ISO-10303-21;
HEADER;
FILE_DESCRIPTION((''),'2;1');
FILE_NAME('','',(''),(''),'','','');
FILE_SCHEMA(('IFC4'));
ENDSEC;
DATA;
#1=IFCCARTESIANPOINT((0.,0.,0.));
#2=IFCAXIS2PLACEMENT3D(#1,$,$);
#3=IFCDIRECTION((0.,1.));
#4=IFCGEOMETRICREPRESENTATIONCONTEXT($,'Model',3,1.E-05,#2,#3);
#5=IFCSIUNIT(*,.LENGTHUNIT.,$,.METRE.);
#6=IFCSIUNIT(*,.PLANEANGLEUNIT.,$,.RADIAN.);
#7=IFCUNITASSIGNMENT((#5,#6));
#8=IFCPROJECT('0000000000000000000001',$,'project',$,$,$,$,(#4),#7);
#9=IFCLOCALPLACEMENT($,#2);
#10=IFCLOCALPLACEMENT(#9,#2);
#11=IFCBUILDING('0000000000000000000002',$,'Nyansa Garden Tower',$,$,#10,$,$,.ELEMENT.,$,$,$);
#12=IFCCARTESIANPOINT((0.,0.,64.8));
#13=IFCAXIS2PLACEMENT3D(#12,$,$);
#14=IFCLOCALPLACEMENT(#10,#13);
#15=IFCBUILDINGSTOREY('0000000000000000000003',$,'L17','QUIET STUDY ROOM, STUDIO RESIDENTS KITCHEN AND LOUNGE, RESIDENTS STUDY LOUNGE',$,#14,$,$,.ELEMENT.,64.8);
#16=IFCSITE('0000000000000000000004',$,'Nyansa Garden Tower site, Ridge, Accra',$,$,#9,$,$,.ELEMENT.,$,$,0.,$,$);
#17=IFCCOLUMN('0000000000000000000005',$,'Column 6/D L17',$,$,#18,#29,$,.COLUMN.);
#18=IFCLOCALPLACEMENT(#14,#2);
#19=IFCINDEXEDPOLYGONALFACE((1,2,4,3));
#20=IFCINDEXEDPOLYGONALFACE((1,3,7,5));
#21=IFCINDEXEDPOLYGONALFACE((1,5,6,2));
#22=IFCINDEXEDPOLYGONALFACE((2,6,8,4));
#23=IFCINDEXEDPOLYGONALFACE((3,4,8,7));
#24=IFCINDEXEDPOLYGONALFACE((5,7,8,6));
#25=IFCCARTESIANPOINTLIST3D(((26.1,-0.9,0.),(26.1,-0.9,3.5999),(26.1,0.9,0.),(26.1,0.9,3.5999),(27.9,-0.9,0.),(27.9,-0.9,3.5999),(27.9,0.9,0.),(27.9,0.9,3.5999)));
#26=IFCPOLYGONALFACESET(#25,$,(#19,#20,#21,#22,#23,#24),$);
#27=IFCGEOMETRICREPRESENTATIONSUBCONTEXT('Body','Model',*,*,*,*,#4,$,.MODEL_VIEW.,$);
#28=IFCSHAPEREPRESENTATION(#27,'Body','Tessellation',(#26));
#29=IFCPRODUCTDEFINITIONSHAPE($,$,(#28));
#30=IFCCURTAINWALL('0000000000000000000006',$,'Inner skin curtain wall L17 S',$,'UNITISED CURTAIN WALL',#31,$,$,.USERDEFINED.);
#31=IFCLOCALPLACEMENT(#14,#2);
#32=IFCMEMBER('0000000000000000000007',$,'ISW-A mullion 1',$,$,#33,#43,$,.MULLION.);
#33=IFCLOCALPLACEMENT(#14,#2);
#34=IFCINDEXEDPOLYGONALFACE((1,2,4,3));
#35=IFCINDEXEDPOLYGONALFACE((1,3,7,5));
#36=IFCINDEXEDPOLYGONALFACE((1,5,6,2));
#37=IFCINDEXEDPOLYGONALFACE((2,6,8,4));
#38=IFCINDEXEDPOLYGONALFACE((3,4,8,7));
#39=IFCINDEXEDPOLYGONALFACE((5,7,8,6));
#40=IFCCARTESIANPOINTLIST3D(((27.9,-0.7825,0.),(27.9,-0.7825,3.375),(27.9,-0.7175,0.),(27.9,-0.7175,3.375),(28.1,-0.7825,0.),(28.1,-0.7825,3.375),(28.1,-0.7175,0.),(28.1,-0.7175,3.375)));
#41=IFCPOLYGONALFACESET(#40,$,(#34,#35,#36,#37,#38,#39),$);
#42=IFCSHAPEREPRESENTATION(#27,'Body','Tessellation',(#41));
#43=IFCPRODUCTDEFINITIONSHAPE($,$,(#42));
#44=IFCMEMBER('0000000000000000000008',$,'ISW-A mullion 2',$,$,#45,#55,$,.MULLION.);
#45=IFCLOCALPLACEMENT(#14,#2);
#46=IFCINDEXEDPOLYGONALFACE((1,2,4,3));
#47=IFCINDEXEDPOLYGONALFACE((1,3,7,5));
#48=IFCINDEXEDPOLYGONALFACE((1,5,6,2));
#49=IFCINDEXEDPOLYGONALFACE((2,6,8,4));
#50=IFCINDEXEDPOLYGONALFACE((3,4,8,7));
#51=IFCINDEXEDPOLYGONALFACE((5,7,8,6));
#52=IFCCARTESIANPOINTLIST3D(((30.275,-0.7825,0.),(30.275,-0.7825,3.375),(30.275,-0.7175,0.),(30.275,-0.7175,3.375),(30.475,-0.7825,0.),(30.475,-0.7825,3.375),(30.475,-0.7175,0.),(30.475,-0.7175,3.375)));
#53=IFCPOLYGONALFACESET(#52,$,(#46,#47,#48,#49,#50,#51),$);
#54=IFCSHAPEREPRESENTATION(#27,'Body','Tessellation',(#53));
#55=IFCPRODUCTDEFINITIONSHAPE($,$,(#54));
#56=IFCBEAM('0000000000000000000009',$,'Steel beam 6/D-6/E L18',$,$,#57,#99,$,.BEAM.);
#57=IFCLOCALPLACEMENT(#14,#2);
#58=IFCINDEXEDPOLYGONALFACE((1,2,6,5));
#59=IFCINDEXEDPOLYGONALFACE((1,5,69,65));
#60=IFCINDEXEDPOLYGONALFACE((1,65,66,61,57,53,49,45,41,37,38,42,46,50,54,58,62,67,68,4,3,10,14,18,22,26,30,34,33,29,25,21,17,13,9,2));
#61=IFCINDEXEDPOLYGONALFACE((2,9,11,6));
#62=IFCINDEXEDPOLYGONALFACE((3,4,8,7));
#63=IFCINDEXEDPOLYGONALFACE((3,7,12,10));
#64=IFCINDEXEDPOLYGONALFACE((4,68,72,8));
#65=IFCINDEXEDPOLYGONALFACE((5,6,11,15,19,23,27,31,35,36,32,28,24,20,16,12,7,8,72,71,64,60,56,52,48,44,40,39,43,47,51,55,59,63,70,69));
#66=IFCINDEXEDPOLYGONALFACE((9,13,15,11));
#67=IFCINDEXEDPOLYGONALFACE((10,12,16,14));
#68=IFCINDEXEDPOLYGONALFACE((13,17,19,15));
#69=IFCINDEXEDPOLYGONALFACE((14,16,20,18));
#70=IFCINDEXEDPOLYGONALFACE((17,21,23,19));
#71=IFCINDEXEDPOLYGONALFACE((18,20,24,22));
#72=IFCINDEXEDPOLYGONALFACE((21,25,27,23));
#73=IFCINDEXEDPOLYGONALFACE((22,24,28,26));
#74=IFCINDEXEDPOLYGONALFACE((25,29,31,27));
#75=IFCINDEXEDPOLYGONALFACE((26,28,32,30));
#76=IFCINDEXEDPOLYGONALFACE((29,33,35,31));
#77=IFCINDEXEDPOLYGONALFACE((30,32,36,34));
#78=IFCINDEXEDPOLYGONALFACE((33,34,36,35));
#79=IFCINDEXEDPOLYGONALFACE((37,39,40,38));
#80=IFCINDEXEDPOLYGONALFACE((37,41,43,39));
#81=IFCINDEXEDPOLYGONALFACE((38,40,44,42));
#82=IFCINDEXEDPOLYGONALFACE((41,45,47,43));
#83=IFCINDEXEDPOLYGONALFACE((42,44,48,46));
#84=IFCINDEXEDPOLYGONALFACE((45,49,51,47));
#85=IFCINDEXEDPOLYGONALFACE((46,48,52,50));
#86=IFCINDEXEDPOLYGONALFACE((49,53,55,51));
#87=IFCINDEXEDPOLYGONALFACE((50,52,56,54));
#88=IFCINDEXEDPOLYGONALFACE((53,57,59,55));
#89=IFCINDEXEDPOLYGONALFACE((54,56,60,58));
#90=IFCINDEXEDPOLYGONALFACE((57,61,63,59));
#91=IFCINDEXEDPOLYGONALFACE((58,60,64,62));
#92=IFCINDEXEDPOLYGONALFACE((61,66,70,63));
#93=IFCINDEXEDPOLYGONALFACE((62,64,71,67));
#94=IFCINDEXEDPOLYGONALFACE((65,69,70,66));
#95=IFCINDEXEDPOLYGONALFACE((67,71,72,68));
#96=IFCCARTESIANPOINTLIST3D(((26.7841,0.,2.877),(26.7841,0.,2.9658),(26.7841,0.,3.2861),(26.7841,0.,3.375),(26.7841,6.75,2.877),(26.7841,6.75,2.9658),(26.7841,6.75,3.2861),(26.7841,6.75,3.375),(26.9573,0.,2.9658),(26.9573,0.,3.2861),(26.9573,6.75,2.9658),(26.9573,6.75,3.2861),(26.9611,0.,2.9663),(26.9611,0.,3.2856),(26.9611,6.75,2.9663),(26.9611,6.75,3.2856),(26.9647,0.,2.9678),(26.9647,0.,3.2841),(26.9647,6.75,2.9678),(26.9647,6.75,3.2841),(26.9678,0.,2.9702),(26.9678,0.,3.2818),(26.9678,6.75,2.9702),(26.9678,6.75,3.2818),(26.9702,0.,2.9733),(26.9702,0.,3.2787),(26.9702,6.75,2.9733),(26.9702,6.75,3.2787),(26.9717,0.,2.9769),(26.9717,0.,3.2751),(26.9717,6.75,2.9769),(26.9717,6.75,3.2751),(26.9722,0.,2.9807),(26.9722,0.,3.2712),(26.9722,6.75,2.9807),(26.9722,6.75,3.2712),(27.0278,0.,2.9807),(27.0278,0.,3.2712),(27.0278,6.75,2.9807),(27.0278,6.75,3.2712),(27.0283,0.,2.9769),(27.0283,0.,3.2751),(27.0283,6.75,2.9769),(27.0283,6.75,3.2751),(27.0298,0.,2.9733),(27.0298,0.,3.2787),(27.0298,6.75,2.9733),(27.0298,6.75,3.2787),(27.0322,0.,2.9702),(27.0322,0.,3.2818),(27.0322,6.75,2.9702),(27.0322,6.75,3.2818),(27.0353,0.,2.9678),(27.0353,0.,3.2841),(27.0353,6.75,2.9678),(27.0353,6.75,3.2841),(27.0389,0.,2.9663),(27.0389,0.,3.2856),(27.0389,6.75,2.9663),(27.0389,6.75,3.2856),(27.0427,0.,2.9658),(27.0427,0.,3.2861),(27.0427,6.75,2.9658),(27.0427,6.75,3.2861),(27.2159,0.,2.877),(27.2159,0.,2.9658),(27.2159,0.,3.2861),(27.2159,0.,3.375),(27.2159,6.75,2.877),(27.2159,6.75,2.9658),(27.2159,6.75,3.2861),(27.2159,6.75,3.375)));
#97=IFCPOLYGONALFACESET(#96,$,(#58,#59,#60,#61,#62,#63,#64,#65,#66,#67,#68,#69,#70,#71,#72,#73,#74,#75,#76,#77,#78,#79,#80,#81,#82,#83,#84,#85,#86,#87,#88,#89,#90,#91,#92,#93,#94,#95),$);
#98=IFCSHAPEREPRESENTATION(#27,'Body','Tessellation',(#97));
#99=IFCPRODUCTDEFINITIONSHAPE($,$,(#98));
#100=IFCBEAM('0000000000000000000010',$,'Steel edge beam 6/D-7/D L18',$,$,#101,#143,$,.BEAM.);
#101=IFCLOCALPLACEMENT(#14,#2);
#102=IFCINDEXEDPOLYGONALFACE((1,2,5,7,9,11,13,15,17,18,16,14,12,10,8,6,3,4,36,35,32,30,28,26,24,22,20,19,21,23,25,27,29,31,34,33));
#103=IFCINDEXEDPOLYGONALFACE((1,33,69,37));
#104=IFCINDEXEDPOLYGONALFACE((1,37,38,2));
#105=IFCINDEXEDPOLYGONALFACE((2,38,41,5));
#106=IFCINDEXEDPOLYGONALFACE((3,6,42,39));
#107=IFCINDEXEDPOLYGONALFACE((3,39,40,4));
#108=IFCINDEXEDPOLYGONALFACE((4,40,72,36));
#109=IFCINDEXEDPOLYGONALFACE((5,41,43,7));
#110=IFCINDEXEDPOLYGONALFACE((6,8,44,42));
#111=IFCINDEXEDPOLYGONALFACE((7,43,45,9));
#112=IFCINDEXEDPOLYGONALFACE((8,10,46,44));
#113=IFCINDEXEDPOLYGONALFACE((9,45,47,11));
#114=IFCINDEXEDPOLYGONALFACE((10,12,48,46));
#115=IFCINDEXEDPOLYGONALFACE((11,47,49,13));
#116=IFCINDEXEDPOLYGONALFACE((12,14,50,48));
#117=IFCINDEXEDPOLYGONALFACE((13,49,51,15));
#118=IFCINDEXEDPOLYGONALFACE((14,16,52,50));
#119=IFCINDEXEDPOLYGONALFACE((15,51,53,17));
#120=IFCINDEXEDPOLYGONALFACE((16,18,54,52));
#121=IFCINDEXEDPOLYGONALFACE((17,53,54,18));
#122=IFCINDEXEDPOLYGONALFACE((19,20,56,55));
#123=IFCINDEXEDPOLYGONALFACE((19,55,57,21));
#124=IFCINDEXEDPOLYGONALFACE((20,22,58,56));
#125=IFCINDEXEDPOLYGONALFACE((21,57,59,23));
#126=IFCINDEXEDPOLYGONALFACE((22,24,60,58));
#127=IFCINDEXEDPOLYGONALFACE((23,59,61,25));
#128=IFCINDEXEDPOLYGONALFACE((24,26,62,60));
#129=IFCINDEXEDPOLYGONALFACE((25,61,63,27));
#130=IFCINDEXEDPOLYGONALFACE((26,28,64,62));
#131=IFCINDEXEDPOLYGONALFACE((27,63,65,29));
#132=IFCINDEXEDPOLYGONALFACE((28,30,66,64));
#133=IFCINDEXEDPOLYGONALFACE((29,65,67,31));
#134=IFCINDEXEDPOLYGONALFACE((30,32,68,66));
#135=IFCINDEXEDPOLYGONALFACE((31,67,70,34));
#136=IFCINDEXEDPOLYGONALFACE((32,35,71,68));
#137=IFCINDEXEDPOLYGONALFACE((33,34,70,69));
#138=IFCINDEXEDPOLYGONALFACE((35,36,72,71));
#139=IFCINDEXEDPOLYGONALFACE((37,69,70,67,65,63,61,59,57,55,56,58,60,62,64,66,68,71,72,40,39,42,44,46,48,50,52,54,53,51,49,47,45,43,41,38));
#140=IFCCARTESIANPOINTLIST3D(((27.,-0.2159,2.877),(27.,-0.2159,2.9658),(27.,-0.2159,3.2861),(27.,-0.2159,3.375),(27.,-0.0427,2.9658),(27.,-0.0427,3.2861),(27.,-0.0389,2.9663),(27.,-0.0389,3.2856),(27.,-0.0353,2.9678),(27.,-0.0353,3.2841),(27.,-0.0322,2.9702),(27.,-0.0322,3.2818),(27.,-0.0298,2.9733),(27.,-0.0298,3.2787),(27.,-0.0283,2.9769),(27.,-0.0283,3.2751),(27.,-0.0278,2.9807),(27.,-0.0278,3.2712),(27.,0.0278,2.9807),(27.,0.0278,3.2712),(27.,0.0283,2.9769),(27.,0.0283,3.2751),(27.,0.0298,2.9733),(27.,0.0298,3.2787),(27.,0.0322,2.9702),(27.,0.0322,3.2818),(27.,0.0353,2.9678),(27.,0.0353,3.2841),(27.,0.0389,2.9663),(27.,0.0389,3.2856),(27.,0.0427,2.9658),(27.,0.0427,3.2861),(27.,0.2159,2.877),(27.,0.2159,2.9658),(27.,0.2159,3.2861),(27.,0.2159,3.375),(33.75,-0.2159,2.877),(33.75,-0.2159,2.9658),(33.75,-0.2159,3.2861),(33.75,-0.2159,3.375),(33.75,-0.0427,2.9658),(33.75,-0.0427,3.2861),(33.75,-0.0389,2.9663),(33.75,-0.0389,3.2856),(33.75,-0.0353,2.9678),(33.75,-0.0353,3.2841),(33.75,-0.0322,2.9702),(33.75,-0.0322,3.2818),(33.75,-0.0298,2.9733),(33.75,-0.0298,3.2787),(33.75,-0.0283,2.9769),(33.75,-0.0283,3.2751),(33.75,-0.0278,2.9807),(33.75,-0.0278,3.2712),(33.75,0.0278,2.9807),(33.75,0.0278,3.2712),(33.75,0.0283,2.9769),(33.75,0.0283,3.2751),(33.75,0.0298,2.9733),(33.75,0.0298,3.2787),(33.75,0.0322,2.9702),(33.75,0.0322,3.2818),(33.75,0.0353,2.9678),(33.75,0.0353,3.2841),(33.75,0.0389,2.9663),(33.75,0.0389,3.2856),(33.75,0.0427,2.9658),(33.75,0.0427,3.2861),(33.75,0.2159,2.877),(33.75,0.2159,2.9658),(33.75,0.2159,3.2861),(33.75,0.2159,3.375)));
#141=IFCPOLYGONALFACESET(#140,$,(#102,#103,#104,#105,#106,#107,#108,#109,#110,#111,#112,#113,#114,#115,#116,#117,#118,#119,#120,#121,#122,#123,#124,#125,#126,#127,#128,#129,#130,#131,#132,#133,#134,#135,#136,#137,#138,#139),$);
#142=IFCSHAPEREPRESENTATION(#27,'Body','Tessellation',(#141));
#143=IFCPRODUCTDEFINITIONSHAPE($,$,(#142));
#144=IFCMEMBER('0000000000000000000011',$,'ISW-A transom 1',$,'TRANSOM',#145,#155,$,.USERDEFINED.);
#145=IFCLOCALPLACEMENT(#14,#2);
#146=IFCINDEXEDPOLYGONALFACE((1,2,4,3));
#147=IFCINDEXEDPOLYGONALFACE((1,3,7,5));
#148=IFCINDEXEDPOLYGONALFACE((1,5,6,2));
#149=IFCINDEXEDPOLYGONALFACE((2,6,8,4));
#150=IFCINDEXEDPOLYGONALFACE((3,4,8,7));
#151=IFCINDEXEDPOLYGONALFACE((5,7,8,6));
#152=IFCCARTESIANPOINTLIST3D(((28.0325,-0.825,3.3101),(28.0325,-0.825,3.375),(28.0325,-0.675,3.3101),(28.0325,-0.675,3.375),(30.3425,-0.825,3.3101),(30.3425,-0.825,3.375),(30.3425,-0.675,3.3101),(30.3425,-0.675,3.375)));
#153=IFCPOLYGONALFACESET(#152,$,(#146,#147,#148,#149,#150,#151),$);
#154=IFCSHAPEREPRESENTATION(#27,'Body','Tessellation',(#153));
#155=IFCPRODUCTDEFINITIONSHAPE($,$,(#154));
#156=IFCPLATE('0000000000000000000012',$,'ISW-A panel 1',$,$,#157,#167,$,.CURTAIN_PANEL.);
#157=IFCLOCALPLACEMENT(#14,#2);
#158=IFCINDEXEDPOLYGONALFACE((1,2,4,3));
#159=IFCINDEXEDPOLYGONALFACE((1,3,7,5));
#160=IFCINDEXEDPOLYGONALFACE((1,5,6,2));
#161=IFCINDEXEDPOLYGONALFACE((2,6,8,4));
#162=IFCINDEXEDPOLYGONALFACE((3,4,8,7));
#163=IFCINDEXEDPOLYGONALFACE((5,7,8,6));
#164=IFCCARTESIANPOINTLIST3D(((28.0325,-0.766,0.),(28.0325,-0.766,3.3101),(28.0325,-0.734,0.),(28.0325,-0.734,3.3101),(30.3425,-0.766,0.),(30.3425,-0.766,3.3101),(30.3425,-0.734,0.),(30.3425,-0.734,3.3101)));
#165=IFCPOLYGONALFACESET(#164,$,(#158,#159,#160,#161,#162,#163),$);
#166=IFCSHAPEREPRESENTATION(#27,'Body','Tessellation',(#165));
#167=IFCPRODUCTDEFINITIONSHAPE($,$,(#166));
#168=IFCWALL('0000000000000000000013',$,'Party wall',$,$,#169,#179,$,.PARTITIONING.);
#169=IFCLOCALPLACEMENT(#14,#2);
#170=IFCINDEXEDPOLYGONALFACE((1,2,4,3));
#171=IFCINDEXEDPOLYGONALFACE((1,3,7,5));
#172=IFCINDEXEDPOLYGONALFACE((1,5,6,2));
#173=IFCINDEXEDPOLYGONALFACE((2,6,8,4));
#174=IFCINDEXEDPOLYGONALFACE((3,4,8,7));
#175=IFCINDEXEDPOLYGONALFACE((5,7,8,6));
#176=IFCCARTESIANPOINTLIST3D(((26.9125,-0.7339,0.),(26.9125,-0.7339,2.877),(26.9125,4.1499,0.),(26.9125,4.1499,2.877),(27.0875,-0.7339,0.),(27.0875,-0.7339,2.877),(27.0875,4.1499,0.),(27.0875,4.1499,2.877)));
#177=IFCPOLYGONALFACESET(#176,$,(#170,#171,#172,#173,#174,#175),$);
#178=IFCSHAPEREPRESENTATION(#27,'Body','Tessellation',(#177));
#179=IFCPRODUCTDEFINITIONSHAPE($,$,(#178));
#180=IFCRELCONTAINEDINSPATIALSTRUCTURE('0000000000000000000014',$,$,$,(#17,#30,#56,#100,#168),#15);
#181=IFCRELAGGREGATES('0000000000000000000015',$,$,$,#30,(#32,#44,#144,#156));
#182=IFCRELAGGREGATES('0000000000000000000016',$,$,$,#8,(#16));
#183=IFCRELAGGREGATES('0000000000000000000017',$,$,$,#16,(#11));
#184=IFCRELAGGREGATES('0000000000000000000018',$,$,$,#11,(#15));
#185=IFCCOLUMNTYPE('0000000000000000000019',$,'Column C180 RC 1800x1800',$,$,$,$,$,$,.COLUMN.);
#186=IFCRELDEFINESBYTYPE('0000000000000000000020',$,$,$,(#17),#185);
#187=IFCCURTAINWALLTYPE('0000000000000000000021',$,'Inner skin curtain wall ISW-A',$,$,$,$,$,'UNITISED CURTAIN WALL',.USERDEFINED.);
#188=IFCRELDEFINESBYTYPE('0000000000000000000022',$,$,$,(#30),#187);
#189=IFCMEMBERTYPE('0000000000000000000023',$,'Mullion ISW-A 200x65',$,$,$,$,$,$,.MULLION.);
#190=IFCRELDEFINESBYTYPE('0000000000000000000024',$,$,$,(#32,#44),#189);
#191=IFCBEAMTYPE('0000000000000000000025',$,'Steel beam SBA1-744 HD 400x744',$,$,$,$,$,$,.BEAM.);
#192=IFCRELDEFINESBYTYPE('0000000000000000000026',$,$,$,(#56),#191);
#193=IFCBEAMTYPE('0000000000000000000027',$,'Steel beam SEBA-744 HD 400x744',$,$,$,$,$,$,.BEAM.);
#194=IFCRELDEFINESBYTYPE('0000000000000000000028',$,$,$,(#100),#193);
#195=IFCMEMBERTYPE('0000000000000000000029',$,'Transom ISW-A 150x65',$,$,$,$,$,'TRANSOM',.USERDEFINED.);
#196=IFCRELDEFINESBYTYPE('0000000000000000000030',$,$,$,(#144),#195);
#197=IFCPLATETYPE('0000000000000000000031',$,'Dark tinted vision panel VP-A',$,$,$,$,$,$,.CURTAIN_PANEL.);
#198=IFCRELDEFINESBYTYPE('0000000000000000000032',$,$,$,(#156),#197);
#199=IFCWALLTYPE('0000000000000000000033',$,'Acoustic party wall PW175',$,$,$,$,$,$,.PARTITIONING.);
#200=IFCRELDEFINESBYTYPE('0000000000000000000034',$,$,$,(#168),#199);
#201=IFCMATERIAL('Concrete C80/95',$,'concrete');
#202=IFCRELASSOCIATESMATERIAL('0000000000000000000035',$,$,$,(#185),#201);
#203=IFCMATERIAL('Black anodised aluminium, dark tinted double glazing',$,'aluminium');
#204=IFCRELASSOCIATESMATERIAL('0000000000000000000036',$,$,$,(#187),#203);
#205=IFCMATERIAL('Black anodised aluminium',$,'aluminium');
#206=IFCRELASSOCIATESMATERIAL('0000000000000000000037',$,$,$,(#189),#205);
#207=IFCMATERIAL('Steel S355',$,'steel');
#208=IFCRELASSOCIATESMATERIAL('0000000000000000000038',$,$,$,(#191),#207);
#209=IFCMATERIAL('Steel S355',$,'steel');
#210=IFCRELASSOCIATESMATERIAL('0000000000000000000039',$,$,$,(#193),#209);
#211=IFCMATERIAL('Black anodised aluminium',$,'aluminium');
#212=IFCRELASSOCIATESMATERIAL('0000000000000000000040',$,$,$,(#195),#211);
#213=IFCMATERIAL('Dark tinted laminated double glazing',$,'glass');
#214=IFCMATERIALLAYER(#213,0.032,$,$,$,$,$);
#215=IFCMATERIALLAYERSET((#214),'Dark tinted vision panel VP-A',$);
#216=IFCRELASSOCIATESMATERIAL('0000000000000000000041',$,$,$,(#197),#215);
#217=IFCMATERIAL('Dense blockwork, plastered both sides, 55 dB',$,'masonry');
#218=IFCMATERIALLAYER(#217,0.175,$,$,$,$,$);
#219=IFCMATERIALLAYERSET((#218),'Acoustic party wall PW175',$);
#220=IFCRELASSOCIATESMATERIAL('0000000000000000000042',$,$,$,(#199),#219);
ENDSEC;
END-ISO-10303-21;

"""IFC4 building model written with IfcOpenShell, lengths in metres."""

from ifc_helpers import new_model, si_unit, direction, frame, frame_2d, origin, origin_2d, place, context, subcontext, project, spatial, rectangle, i_section, extrude, material, layer, layer_set, material_profile, profile_set, type_object, element, aggregate, save


model = new_model("IFC4")

# Units and contexts
model_context = context("Model", 3, precision=1e-05, world=origin(), true_north=direction((0.0, 1.0)))
body_context = subcontext(model_context, "Body", "Model", "MODEL_VIEW")
ifc_project = project(units=[si_unit("LENGTHUNIT", "METRE"), si_unit("PLANEANGLEUNIT", "RADIAN")], contexts=[model_context])

# Site, building, storey
site_placement = place(None, origin())
site = spatial("IfcSite", under=ifc_project, at=site_placement, Name="Nyansa Garden Tower site, Ridge, Accra", CompositionType="ELEMENT", RefElevation=0.0)
building_placement = place(site_placement, origin())
building = spatial("IfcBuilding", under=site, at=building_placement, Name="Nyansa Garden Tower", CompositionType="ELEMENT")
storey_placement = place(building_placement, frame((0.0, 0.0, 64.8)))
storey = spatial("IfcBuildingStorey", under=building, at=storey_placement, Name="L17", Description="QUIET STUDY ROOM, STUDIO RESIDENTS KITCHEN AND LOUNGE, RESIDENTS STUDY LOUNGE", CompositionType="ELEMENT", Elevation=64.8)

# Column
ifc_material_1 = material(Name="Concrete C80/95", Category="concrete")
ifc_material_profile_1 = material_profile(ifc_material_1, rectangle(XDim=1.8, YDim=1.8, at=origin_2d()), Name="RC 1800x1800")
ifc_profile_set_1 = profile_set([ifc_material_profile_1], Name="Concrete C80/95")
column_type = type_object("IfcColumnType", Name="Column C180 RC 1800x1800", PredefinedType="COLUMN", material=ifc_profile_set_1)
column_placement = place(storey_placement, frame((27.0, 0.0, 0.0), z_axis=(0.0, 0.0, 1.0), x_axis=(1.0, 0.0, 0.0)))
element("IfcColumn", 1, at=column_placement, inside=storey, type_object=column_type, Name="Column 6/D L17", PredefinedType="COLUMN", context=body_context, shape_type="SweptSolid", body=[
    extrude(rectangle(XDim=1.8, YDim=1.8, at=origin_2d()), origin(), (0.0, 0.0, 1.0), 3.5999),
])

# Curtain wall, members
ifc_material_2 = material(Name="Black anodised aluminium, dark tinted double glazing", Category="aluminium")
curtain_wall_type = type_object("IfcCurtainWallType", Name="Inner skin curtain wall ISW-A", ElementType="UNITISED CURTAIN WALL", PredefinedType="USERDEFINED", material=ifc_material_2)
curtain_wall_placement = place(storey_placement, origin())
curtain_wall = element("IfcCurtainWall", 2, at=curtain_wall_placement, inside=storey, type_object=curtain_wall_type, Name="Inner skin curtain wall L17 S", ObjectType="UNITISED CURTAIN WALL", PredefinedType="USERDEFINED")
ifc_material_3 = material(Name="Black anodised aluminium", Category="aluminium")
ifc_material_profile_2 = material_profile(ifc_material_3, rectangle(XDim=0.0649, YDim=0.2, at=origin_2d()), Name="Mullion 200x65")
ifc_profile_set_2 = profile_set([ifc_material_profile_2], Name="Black anodised aluminium")
member_type_1 = type_object("IfcMemberType", Name="Mullion ISW-A 200x65", PredefinedType="MULLION", material=ifc_profile_set_2)
member_1_placement = place(storey_placement, frame((28.0, -0.75, 0.0), z_axis=(0.0, 0.0, 1.0), x_axis=(0.0, 1.0, 0.0)))
member_1 = element("IfcMember", 3, at=member_1_placement, type_object=member_type_1, Name="ISW-A mullion 1", PredefinedType="MULLION", context=body_context, shape_type="SweptSolid", body=[
    extrude(rectangle(XDim=0.0649, YDim=0.2, at=origin_2d()), origin(), (0.0, 0.0, 1.0), 3.375),
])
member_2_placement = place(storey_placement, frame((30.375, -0.75, 0.0), z_axis=(0.0, 0.0, 1.0), x_axis=(0.0, 1.0, 0.0)))
member_2 = element("IfcMember", 4, at=member_2_placement, type_object=member_type_1, Name="ISW-A mullion 2", PredefinedType="MULLION", context=body_context, shape_type="SweptSolid", body=[
    extrude(rectangle(XDim=0.0649, YDim=0.2, at=origin_2d()), origin(), (0.0, 0.0, 1.0), 3.375),
])

# Beams
ifc_material_4 = material(Name="Steel S355", Category="steel")
ifc_material_profile_3 = material_profile(ifc_material_4, i_section(OverallWidth=0.4319, OverallDepth=0.498, WebThickness=0.0557, FlangeThickness=0.0889, FilletRadius=0.0149, at=origin_2d()), Name="HD 400x744")
ifc_profile_set_3 = profile_set([ifc_material_profile_3], Name="Steel S355")
beam_type_1 = type_object("IfcBeamType", Name="Steel beam SBA1-744 HD 400x744", PredefinedType="BEAM", material=ifc_profile_set_3)
beam_1_placement = place(storey_placement, frame((27.0, 0.0, 3.126), z_axis=(0.0, 1.0, 0.0), x_axis=(-1.0, 0.0, 0.0)))
element("IfcBeam", 5, at=beam_1_placement, inside=storey, type_object=beam_type_1, Name="Steel beam 6/D-6/E L18", PredefinedType="BEAM", context=body_context, shape_type="SweptSolid", body=[
    extrude(i_section(OverallWidth=0.4319, OverallDepth=0.498, WebThickness=0.0557, FlangeThickness=0.0889, FilletRadius=0.0149, at=origin_2d()), origin(), (0.0, 0.0, 1.0), 6.75),
])
ifc_material_5 = material(Name="Steel S355", Category="steel")
ifc_material_profile_4 = material_profile(ifc_material_5, i_section(OverallWidth=0.4319, OverallDepth=0.498, WebThickness=0.0557, FlangeThickness=0.0889, FilletRadius=0.0149, at=origin_2d()), Name="HD 400x744")
ifc_profile_set_4 = profile_set([ifc_material_profile_4], Name="Steel S355")
beam_type_2 = type_object("IfcBeamType", Name="Steel beam SEBA-744 HD 400x744", PredefinedType="BEAM", material=ifc_profile_set_4)
beam_2_placement = place(storey_placement, frame((27.0, 0.0, 3.126), z_axis=(1.0, 0.0, 0.0), x_axis=(0.0, 1.0, 0.0)))
element("IfcBeam", 6, at=beam_2_placement, inside=storey, type_object=beam_type_2, Name="Steel edge beam 6/D-7/D L18", PredefinedType="BEAM", context=body_context, shape_type="SweptSolid", body=[
    extrude(i_section(OverallWidth=0.4319, OverallDepth=0.498, WebThickness=0.0557, FlangeThickness=0.0889, FilletRadius=0.0149, at=origin_2d()), origin(), (0.0, 0.0, 1.0), 6.75),
])

# Member
ifc_material_6 = material(Name="Black anodised aluminium", Category="aluminium")
ifc_material_profile_5 = material_profile(ifc_material_6, rectangle(XDim=0.1499, YDim=0.0649, at=origin_2d()), Name="Transom 150x65")
ifc_profile_set_5 = profile_set([ifc_material_profile_5], Name="Black anodised aluminium")
member_type_2 = type_object("IfcMemberType", Name="Transom ISW-A 150x65", ElementType="TRANSOM", PredefinedType="USERDEFINED", material=ifc_profile_set_5)
member_3_placement = place(storey_placement, frame((28.0325, -0.75, 3.3425), z_axis=(1.0, 0.0, 0.0), x_axis=(0.0, 1.0, 0.0)))
member_3 = element("IfcMember", 7, at=member_3_placement, type_object=member_type_2, Name="ISW-A transom 1", ObjectType="TRANSOM", PredefinedType="USERDEFINED", context=body_context, shape_type="SweptSolid", body=[
    extrude(rectangle(XDim=0.1499, YDim=0.0649, at=origin_2d()), origin(), (0.0, 0.0, 1.0), 2.3101),
])

# Plate
ifc_material_7 = material(Name="Dark tinted laminated double glazing", Category="glass")
ifc_layer_1 = layer(ifc_material_7, 0.032)
ifc_layer_set_1 = layer_set([ifc_layer_1], Name="Dark tinted vision panel VP-A")
plate_type = type_object("IfcPlateType", Name="Dark tinted vision panel VP-A", PredefinedType="CURTAIN_PANEL", material=ifc_layer_set_1)
plate_placement = place(storey_placement, frame((29.1875, -0.75, 0.0), z_axis=(0.0, 0.0, 1.0), x_axis=(1.0, 0.0, 0.0)))
plate = element("IfcPlate", 8, at=plate_placement, type_object=plate_type, Name="ISW-A panel 1", PredefinedType="CURTAIN_PANEL", context=body_context, shape_type="SweptSolid", body=[
    extrude(rectangle(XDim=2.3101, YDim=0.032, at=origin_2d()), origin(), (0.0, 0.0, 1.0), 3.3101),
])
aggregate(curtain_wall, [member_1, member_2, member_3, plate])

# Wall
ifc_material_8 = material(Name="Dense blockwork, plastered both sides, 55 dB", Category="masonry")
ifc_layer_2 = layer(ifc_material_8, 0.175)
ifc_layer_set_2 = layer_set([ifc_layer_2], Name="Acoustic party wall PW175")
wall_type_1 = type_object("IfcWallType", Name="Acoustic party wall PW175", PredefinedType="PARTITIONING", material=ifc_layer_set_2)
wall_1_placement = place(storey_placement, frame((27.0, -0.7339, 0.0), z_axis=(0.0, 0.0, 1.0), x_axis=(0.0, 1.0, 0.0)))
element("IfcWall", 9, at=wall_1_placement, inside=storey, type_object=wall_type_1, Name="Party wall", PredefinedType="PARTITIONING", context=body_context, shape_type="SweptSolid", body=[
    extrude(rectangle(XDim=4.8838, YDim=0.175, at=frame_2d((2.4419, 0.0))), origin(), (0.0, 0.0, 1.0), 2.877),
])

save(model, "model.ifc")
